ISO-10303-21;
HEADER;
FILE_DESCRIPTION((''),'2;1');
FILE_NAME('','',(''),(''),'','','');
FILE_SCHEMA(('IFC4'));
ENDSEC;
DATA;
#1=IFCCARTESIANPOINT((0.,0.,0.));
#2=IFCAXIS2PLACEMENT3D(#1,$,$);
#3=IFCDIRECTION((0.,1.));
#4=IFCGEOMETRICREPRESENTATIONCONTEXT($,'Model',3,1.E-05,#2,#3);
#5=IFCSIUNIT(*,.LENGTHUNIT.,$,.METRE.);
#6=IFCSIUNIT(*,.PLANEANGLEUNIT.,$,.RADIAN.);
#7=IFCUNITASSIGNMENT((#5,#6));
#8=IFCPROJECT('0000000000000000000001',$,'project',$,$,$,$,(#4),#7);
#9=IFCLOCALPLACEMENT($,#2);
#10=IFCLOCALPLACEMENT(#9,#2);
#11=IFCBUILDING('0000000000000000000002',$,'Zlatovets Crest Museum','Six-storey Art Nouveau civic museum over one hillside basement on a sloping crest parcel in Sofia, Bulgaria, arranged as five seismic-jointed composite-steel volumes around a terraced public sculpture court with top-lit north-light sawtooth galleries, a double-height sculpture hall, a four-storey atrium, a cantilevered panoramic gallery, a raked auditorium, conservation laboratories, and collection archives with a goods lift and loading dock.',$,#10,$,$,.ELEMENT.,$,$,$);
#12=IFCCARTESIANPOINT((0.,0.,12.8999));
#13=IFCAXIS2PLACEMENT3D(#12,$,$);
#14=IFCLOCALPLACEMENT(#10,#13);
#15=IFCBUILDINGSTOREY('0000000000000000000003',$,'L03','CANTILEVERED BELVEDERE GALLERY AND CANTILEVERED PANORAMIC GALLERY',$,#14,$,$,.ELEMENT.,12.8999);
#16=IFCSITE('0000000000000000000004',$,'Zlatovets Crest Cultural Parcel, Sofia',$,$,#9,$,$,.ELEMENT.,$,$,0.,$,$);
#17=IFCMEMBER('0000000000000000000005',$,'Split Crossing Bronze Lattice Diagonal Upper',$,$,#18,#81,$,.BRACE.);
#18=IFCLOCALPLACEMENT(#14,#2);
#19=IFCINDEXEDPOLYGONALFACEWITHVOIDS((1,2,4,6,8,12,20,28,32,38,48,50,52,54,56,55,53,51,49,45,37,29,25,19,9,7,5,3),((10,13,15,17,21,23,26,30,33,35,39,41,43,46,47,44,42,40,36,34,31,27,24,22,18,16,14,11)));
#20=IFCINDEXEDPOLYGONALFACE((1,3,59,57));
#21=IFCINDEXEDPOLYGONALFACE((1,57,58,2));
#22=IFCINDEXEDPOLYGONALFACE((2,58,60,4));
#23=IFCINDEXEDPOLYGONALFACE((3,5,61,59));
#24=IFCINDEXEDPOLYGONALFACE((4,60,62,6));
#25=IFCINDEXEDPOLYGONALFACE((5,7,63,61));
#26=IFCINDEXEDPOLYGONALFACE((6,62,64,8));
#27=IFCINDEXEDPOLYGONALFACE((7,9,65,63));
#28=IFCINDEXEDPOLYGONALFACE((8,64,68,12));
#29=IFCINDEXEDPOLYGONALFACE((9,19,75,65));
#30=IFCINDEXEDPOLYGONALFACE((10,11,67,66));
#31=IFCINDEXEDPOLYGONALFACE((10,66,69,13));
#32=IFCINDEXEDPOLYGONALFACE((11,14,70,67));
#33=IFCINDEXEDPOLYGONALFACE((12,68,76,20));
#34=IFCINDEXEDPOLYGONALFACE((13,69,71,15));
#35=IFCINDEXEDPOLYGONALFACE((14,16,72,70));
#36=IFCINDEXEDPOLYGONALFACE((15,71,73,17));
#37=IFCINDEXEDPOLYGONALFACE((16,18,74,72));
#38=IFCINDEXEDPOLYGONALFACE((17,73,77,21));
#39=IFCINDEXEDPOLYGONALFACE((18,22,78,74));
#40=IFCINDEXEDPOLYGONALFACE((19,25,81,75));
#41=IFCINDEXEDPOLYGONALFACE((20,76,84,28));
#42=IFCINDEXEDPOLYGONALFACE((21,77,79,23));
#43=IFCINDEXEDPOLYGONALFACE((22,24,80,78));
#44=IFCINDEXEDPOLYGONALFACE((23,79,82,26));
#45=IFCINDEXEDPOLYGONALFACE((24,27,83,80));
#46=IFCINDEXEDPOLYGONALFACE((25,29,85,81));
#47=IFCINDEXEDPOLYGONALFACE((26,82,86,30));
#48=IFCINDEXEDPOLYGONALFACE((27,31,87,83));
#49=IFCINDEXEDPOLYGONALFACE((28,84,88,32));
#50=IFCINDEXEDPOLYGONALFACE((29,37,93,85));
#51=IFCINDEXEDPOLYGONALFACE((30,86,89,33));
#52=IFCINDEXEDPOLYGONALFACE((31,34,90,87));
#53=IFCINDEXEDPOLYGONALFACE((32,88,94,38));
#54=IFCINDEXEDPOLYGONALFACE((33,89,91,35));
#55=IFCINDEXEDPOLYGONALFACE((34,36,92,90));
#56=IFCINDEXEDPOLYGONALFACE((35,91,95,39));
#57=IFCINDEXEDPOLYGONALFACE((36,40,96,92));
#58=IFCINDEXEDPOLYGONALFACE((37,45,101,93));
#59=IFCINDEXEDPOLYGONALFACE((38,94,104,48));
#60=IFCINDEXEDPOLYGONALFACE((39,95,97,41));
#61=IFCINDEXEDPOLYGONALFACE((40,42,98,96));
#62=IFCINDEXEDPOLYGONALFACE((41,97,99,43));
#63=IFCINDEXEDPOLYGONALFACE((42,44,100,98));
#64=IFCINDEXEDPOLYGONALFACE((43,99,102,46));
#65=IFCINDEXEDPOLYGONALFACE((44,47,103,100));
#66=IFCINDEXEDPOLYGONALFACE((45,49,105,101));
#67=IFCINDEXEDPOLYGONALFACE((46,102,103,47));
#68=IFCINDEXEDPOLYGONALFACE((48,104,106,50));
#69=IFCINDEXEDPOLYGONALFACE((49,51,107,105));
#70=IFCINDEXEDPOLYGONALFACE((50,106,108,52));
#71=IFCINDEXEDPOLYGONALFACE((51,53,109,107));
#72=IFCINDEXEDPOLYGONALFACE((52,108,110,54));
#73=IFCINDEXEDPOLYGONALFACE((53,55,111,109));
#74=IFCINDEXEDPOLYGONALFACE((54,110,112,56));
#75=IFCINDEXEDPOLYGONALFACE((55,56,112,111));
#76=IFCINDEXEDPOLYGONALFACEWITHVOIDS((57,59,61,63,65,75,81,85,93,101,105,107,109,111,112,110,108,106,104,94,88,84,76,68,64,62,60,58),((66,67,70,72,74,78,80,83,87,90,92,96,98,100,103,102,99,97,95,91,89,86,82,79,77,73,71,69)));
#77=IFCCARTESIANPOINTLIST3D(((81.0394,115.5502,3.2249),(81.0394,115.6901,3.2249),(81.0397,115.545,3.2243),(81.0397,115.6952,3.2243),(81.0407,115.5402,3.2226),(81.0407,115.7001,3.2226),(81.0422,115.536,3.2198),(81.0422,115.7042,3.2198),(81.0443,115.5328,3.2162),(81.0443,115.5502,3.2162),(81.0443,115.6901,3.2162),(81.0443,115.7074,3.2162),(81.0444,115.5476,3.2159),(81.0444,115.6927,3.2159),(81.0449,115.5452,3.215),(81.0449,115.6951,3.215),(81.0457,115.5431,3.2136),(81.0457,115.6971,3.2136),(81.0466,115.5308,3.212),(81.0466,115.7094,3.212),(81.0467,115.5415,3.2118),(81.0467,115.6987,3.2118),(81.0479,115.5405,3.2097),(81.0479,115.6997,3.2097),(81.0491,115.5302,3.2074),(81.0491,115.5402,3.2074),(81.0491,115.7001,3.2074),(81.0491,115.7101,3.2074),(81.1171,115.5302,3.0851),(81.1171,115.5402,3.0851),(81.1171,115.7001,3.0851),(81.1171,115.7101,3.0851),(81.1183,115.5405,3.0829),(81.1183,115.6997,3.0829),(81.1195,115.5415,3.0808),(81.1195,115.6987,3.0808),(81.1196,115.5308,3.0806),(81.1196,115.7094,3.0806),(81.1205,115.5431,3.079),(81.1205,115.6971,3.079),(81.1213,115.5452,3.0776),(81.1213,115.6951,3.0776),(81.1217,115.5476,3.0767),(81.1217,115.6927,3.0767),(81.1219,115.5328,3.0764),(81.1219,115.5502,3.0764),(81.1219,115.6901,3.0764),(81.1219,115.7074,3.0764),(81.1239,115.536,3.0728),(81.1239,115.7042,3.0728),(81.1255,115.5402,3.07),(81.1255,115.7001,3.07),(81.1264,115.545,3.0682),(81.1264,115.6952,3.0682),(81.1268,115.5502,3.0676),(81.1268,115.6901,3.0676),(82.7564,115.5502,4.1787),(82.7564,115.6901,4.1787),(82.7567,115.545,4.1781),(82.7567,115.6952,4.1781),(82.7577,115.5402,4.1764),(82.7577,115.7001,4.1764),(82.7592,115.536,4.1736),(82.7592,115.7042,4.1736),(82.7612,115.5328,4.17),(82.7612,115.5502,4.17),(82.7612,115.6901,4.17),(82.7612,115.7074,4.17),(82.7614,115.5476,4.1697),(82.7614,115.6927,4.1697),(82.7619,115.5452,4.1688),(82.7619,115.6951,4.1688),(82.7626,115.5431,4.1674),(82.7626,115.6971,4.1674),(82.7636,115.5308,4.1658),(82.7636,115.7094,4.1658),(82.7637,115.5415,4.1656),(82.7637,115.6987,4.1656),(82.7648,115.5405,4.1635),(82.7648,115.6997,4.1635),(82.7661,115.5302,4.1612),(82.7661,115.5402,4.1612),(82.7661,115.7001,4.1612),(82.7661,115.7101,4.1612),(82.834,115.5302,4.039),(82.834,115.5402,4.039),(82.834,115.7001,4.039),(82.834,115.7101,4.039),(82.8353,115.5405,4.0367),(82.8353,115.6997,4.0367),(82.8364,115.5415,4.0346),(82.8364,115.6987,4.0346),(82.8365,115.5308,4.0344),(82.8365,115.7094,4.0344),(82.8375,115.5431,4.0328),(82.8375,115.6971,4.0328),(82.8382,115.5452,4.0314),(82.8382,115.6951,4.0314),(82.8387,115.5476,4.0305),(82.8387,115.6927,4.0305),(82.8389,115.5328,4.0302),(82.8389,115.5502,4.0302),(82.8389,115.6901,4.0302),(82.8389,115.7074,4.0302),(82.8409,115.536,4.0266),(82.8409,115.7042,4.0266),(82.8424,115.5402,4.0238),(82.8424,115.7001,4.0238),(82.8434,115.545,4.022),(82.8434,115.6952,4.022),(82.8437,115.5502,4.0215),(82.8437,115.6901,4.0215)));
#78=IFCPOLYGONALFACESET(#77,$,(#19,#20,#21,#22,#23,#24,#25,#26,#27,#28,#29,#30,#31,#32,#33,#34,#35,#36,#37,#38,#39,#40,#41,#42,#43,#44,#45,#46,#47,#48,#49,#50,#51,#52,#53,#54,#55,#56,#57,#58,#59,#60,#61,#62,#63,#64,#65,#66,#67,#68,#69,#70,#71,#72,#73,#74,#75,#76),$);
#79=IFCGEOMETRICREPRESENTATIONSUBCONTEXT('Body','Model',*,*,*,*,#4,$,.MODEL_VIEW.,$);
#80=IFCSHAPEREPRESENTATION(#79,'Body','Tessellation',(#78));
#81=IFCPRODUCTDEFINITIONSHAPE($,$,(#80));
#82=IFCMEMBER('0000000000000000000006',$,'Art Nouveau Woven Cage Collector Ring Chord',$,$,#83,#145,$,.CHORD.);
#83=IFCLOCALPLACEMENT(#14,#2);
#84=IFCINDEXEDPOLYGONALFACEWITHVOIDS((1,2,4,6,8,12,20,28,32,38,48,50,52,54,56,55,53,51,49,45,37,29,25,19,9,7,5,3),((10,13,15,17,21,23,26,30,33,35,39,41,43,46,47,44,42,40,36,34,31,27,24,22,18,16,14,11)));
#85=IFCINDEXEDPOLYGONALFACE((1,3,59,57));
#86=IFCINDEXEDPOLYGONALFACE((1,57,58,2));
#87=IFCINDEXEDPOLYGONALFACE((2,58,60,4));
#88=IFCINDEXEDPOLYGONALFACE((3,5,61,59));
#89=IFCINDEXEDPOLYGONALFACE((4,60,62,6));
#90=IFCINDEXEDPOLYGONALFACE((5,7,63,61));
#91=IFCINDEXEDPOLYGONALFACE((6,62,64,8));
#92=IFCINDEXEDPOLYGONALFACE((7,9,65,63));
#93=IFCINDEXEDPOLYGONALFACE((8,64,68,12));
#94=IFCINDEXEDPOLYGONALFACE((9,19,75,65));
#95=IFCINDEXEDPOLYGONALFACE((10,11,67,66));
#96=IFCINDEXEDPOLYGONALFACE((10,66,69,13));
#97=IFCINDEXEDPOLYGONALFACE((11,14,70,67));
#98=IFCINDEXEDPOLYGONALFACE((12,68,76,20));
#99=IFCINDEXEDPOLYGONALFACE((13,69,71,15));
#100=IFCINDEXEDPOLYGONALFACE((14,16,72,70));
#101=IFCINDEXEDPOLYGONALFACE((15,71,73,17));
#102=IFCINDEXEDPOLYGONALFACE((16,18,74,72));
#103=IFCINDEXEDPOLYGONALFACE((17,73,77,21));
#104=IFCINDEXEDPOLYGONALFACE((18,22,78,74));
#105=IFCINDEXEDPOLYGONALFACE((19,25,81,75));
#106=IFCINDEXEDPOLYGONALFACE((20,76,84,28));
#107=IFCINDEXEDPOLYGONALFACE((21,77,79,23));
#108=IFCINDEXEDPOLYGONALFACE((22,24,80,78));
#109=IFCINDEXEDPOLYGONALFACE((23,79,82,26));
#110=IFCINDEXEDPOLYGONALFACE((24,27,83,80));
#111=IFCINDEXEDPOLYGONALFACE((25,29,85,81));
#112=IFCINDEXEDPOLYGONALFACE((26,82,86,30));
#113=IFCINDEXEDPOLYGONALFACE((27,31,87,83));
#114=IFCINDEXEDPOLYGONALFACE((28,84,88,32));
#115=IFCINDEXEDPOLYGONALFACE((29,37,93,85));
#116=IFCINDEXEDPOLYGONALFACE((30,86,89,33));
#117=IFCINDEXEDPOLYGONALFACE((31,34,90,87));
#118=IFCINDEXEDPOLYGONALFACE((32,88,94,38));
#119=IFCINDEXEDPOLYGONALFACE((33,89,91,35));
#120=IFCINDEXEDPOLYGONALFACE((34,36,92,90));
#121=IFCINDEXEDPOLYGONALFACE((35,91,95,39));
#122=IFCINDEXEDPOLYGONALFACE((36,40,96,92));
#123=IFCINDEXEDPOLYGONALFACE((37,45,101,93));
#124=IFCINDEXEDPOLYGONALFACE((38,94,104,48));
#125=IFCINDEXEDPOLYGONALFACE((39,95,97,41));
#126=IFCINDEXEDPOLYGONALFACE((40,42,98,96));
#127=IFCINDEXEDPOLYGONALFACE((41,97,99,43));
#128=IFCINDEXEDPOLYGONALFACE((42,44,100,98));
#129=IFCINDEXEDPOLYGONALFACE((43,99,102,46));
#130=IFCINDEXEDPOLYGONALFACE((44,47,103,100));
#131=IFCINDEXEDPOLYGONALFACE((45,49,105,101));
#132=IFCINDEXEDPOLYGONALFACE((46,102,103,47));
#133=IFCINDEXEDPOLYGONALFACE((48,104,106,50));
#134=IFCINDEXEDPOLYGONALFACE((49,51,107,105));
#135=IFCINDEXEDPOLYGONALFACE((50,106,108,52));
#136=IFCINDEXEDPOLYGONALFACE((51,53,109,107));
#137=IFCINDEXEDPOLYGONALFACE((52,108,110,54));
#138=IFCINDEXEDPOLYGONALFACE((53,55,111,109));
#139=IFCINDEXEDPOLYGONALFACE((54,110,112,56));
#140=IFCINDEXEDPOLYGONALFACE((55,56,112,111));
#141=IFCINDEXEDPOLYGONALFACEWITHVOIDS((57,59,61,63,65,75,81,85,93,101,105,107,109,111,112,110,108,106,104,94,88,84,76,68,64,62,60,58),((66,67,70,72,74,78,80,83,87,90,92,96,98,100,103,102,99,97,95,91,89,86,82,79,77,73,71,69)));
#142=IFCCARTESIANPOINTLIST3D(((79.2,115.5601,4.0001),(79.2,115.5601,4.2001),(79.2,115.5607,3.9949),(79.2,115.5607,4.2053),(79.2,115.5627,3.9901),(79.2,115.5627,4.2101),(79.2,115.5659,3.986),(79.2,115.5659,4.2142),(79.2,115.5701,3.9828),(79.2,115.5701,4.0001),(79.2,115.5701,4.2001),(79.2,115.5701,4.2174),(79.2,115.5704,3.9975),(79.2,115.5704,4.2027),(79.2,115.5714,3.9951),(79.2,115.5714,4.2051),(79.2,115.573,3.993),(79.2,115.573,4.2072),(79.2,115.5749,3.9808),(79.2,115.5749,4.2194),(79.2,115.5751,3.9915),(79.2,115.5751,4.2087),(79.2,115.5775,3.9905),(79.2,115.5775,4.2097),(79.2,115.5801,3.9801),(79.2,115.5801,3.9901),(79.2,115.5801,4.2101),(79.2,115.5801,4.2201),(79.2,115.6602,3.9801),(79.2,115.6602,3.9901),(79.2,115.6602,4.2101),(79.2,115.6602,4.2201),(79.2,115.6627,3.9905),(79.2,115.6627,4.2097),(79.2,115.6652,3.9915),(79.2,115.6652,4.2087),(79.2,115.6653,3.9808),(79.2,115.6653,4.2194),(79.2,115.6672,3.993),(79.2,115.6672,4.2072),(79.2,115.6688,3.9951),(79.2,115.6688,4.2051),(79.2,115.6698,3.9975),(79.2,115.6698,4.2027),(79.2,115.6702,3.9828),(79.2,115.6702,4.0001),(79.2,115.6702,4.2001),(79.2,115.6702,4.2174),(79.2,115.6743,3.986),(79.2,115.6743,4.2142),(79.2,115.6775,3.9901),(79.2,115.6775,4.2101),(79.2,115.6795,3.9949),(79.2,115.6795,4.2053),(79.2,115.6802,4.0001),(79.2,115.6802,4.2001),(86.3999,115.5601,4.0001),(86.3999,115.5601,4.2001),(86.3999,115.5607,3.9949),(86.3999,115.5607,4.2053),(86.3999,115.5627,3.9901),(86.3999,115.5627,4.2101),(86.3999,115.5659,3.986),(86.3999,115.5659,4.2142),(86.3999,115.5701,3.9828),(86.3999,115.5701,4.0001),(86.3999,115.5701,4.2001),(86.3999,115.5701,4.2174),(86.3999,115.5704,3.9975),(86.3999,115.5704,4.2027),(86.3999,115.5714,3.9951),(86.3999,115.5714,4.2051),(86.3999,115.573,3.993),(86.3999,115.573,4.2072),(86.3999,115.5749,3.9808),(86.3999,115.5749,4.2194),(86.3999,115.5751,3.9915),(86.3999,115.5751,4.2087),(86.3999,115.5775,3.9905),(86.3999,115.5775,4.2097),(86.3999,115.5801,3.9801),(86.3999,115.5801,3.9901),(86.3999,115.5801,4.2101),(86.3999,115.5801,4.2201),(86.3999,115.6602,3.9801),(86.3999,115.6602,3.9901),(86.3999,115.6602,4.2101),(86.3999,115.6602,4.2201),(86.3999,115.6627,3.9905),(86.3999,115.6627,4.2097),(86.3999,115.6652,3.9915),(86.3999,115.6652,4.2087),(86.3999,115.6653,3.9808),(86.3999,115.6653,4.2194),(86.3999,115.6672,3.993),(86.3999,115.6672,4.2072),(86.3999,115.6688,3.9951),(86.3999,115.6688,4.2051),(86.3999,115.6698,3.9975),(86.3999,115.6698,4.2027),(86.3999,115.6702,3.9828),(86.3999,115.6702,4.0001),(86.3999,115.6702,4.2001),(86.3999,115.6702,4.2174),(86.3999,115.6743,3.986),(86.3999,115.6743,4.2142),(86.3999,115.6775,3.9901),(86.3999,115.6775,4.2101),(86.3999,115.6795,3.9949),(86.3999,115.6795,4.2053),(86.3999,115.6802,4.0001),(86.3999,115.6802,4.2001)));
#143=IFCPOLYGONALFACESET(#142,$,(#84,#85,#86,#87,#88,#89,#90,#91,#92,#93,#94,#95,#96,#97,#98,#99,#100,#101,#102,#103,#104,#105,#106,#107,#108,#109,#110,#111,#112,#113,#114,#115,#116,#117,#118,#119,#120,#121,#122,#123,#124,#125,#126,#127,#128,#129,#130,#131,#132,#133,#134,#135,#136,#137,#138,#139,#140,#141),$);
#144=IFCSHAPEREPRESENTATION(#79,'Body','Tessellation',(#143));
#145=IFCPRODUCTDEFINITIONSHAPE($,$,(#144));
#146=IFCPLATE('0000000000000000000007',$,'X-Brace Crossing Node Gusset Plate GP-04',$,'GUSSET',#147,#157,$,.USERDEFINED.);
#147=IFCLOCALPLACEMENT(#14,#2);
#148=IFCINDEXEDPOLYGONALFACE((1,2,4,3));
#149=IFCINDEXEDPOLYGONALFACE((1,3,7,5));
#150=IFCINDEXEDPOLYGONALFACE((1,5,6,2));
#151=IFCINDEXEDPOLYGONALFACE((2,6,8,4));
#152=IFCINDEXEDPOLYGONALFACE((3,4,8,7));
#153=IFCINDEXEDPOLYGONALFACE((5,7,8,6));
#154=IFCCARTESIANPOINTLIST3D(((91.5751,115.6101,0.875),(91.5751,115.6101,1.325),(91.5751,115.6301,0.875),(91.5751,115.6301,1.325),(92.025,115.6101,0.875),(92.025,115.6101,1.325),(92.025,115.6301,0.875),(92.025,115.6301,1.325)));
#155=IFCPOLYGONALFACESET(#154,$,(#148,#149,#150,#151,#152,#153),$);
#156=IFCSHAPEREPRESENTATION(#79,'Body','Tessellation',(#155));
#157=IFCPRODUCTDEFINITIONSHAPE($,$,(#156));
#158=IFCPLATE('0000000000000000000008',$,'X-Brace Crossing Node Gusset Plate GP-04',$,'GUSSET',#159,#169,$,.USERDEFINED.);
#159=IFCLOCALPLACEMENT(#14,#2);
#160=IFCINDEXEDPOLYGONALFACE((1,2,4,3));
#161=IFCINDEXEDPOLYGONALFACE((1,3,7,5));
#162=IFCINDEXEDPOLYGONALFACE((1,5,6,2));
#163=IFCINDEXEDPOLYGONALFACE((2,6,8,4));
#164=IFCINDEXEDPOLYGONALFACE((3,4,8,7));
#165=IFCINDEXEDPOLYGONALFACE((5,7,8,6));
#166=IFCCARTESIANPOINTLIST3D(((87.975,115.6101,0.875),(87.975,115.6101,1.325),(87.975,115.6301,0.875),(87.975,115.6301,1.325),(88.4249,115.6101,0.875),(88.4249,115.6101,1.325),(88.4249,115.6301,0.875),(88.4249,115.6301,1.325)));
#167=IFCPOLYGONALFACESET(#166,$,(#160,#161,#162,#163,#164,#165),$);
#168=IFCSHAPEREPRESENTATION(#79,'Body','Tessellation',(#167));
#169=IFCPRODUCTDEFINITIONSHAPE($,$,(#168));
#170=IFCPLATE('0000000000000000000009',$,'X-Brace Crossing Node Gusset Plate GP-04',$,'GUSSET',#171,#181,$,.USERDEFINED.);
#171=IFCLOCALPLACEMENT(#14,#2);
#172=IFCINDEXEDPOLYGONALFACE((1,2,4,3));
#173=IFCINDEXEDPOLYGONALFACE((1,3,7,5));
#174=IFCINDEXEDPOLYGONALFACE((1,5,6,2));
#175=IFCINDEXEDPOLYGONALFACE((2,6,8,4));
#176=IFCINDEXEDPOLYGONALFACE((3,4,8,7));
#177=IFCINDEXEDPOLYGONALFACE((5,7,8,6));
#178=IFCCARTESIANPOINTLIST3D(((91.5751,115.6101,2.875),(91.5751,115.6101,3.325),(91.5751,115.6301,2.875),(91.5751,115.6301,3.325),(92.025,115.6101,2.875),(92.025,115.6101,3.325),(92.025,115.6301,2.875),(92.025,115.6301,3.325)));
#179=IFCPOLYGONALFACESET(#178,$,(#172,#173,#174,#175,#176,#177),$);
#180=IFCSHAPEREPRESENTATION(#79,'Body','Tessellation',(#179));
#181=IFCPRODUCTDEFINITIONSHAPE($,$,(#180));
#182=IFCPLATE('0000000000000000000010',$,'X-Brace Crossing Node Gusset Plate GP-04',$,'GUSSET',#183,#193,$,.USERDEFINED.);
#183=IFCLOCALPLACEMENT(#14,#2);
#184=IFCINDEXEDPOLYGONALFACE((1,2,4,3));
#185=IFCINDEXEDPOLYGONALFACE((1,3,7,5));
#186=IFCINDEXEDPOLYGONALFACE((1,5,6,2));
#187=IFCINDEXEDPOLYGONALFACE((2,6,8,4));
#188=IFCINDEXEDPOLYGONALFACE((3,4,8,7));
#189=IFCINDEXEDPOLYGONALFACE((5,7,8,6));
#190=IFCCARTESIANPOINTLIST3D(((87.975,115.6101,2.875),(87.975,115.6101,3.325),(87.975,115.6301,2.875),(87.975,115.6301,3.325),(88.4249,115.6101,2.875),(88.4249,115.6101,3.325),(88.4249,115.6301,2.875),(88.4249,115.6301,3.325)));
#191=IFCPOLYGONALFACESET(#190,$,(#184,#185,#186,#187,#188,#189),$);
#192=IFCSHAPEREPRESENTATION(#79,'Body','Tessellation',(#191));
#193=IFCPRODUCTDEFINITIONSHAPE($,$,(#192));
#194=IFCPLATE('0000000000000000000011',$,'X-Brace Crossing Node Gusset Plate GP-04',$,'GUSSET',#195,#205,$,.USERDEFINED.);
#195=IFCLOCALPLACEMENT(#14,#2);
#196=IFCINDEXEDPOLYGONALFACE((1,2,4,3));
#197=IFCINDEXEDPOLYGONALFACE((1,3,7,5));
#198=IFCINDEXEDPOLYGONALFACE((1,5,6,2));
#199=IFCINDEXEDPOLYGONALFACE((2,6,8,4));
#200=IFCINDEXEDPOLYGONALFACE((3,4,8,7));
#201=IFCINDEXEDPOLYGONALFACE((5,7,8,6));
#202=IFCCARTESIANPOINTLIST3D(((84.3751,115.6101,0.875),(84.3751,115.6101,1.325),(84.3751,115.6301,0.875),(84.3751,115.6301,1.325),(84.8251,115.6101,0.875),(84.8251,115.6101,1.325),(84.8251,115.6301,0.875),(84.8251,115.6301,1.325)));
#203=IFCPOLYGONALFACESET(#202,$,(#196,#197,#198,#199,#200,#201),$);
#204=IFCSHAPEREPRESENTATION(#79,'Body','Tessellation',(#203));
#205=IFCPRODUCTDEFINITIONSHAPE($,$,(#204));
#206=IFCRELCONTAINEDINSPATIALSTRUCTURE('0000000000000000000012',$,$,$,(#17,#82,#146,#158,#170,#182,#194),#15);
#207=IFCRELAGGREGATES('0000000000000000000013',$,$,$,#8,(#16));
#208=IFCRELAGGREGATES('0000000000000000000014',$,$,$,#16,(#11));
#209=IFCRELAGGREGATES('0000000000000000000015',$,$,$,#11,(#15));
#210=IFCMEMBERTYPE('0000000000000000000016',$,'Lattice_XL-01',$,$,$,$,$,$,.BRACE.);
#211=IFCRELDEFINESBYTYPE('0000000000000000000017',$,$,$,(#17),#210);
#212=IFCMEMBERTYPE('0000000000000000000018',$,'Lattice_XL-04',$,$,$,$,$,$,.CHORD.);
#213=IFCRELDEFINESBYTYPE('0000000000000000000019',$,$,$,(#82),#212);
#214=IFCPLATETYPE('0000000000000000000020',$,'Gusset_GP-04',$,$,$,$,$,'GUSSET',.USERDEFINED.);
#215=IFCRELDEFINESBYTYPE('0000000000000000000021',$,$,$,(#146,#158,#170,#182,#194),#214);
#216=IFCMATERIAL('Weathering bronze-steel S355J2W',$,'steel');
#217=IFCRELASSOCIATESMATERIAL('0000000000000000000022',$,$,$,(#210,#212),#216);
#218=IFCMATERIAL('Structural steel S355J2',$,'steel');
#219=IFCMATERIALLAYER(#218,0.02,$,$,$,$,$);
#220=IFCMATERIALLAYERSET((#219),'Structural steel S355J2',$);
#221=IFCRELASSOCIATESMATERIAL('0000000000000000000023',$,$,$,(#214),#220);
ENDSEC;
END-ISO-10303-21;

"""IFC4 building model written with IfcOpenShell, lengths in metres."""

from ifc_helpers import new_model, si_unit, direction, frame, origin, origin_2d, place, context, subcontext, project, spatial, rectangle, hollow_rectangle, extrude, material, layer, layer_set, material_profile, profile_set, type_object, element, save


model = new_model("IFC4")

# Units and contexts
model_context = context("Model", 3, precision=1e-05, world=origin(), true_north=direction((0.0, 1.0)))
body_context = subcontext(model_context, "Body", "Model", "MODEL_VIEW")
ifc_project = project(units=[si_unit("LENGTHUNIT", "METRE"), si_unit("PLANEANGLEUNIT", "RADIAN")], contexts=[model_context])

# Site, building, storey
site_placement = place(None, origin())
site = spatial("IfcSite", under=ifc_project, at=site_placement, Name="Zlatovets Crest Cultural Parcel, Sofia", CompositionType="ELEMENT", RefElevation=0.0)
building_placement = place(site_placement, origin())
building = spatial("IfcBuilding", under=site, at=building_placement, Name="Zlatovets Crest Museum", Description="Six-storey Art Nouveau civic museum over one hillside basement on a sloping crest parcel in Sofia, Bulgaria, arranged as five seismic-jointed composite-steel volumes around a terraced public sculpture court with top-lit north-light sawtooth galleries, a double-height sculpture hall, a four-storey atrium, a cantilevered panoramic gallery, a raked auditorium, conservation laboratories, and collection archives with a goods lift and loading dock.", CompositionType="ELEMENT")
storey_placement = place(building_placement, frame((0.0, 0.0, 12.8999)))
storey = spatial("IfcBuildingStorey", under=building, at=storey_placement, Name="L03", Description="CANTILEVERED BELVEDERE GALLERY AND CANTILEVERED PANORAMIC GALLERY", CompositionType="ELEMENT", Elevation=12.8999)

# Members
ifc_material_1 = material(Name="Weathering bronze-steel S355J2W", Category="steel")
ifc_material_profile_1 = material_profile(ifc_material_1, hollow_rectangle(XDim=0.1799, YDim=0.1799, WallThickness=0.01, InnerFilletRadius=0.01, OuterFilletRadius=0.02, at=origin_2d()), Name="SHS 180x180x10.0")
ifc_profile_set_1 = profile_set([ifc_material_profile_1], Name="Weathering bronze-steel S355J2W")
member_type_1 = type_object("IfcMemberType", Name="Lattice_XL-01", PredefinedType="BRACE", material=ifc_profile_set_1)
member_1_placement = place(storey_placement, frame((82.8, 115.6201, 4.1001), z_axis=(-0.874169, 0.0, -0.485622), x_axis=(0.0, -1.0, 0.0)))
element("IfcMember", 1, at=member_1_placement, inside=storey, type_object=member_type_1, Name="Split Crossing Bronze Lattice Diagonal Upper", PredefinedType="BRACE", context=body_context, shape_type="SweptSolid", body=[
    extrude(hollow_rectangle(XDim=0.1799, YDim=0.1799, WallThickness=0.01, InnerFilletRadius=0.01, OuterFilletRadius=0.02, at=origin_2d()), origin(), (0.0, 0.0, 1.0), 1.9641),
])
ifc_material_profile_2 = material_profile(ifc_material_1, hollow_rectangle(XDim=0.1201, YDim=0.24, WallThickness=0.01, InnerFilletRadius=0.01, OuterFilletRadius=0.02, at=origin_2d()), Name="RHS 120x240x10.0")
ifc_profile_set_2 = profile_set([ifc_material_profile_2], Name="Weathering bronze-steel S355J2W")
member_type_2 = type_object("IfcMemberType", Name="Lattice_XL-04", PredefinedType="CHORD", material=ifc_profile_set_2)
member_2_placement = place(storey_placement, frame((86.3999, 115.6201, 4.1001), z_axis=(-1.0, 0.0, 0.0), x_axis=(0.0, -1.0, 0.0)))
element("IfcMember", 2, at=member_2_placement, inside=storey, type_object=member_type_2, Name="Art Nouveau Woven Cage Collector Ring Chord", PredefinedType="CHORD", context=body_context, shape_type="SweptSolid", body=[
    extrude(hollow_rectangle(XDim=0.1201, YDim=0.24, WallThickness=0.01, InnerFilletRadius=0.01, OuterFilletRadius=0.02, at=origin_2d()), origin(), (0.0, 0.0, 1.0), 7.2),
])

# Plates
ifc_material_2 = material(Name="Structural steel S355J2", Category="steel")
ifc_layer = layer(ifc_material_2, 0.02)
ifc_layer_set = layer_set([ifc_layer], Name="Structural steel S355J2")
plate_type = type_object("IfcPlateType", Name="Gusset_GP-04", ElementType="GUSSET", PredefinedType="USERDEFINED", material=ifc_layer_set)
for number, where, z_axis, x_axis, name in (
    (3, (91.8, 115.6201, 0.875), (0.0, 0.0, 1.0), (1.0, 0.0, 0.0), "X-Brace Crossing Node Gusset Plate GP-04"),
    (4, (88.2, 115.6201, 0.875), (0.0, 0.0, 1.0), (1.0, 0.0, 0.0), "X-Brace Crossing Node Gusset Plate GP-04"),
    (5, (91.8, 115.6201, 2.875), (0.0, 0.0, 1.0), (1.0, 0.0, 0.0), "X-Brace Crossing Node Gusset Plate GP-04"),
    (6, (88.2, 115.6201, 2.875), (0.0, 0.0, 1.0), (1.0, 0.0, 0.0), "X-Brace Crossing Node Gusset Plate GP-04"),
    (7, (84.6001, 115.6201, 0.875), (0.0, 0.0, 1.0), (1.0, 0.0, 0.0), "X-Brace Crossing Node Gusset Plate GP-04"),
):
    element("IfcPlate", number, at=place(storey_placement, frame(where, z_axis=z_axis, x_axis=x_axis)), inside=storey, type_object=plate_type, Name=name, ObjectType="GUSSET", PredefinedType="USERDEFINED", context=body_context, shape_type="SweptSolid", body=[
        extrude(rectangle(XDim=0.45, YDim=0.02, at=origin_2d()), origin(), (0.0, 0.0, 1.0), 0.45),
    ])

save(model, "model.ifc")
